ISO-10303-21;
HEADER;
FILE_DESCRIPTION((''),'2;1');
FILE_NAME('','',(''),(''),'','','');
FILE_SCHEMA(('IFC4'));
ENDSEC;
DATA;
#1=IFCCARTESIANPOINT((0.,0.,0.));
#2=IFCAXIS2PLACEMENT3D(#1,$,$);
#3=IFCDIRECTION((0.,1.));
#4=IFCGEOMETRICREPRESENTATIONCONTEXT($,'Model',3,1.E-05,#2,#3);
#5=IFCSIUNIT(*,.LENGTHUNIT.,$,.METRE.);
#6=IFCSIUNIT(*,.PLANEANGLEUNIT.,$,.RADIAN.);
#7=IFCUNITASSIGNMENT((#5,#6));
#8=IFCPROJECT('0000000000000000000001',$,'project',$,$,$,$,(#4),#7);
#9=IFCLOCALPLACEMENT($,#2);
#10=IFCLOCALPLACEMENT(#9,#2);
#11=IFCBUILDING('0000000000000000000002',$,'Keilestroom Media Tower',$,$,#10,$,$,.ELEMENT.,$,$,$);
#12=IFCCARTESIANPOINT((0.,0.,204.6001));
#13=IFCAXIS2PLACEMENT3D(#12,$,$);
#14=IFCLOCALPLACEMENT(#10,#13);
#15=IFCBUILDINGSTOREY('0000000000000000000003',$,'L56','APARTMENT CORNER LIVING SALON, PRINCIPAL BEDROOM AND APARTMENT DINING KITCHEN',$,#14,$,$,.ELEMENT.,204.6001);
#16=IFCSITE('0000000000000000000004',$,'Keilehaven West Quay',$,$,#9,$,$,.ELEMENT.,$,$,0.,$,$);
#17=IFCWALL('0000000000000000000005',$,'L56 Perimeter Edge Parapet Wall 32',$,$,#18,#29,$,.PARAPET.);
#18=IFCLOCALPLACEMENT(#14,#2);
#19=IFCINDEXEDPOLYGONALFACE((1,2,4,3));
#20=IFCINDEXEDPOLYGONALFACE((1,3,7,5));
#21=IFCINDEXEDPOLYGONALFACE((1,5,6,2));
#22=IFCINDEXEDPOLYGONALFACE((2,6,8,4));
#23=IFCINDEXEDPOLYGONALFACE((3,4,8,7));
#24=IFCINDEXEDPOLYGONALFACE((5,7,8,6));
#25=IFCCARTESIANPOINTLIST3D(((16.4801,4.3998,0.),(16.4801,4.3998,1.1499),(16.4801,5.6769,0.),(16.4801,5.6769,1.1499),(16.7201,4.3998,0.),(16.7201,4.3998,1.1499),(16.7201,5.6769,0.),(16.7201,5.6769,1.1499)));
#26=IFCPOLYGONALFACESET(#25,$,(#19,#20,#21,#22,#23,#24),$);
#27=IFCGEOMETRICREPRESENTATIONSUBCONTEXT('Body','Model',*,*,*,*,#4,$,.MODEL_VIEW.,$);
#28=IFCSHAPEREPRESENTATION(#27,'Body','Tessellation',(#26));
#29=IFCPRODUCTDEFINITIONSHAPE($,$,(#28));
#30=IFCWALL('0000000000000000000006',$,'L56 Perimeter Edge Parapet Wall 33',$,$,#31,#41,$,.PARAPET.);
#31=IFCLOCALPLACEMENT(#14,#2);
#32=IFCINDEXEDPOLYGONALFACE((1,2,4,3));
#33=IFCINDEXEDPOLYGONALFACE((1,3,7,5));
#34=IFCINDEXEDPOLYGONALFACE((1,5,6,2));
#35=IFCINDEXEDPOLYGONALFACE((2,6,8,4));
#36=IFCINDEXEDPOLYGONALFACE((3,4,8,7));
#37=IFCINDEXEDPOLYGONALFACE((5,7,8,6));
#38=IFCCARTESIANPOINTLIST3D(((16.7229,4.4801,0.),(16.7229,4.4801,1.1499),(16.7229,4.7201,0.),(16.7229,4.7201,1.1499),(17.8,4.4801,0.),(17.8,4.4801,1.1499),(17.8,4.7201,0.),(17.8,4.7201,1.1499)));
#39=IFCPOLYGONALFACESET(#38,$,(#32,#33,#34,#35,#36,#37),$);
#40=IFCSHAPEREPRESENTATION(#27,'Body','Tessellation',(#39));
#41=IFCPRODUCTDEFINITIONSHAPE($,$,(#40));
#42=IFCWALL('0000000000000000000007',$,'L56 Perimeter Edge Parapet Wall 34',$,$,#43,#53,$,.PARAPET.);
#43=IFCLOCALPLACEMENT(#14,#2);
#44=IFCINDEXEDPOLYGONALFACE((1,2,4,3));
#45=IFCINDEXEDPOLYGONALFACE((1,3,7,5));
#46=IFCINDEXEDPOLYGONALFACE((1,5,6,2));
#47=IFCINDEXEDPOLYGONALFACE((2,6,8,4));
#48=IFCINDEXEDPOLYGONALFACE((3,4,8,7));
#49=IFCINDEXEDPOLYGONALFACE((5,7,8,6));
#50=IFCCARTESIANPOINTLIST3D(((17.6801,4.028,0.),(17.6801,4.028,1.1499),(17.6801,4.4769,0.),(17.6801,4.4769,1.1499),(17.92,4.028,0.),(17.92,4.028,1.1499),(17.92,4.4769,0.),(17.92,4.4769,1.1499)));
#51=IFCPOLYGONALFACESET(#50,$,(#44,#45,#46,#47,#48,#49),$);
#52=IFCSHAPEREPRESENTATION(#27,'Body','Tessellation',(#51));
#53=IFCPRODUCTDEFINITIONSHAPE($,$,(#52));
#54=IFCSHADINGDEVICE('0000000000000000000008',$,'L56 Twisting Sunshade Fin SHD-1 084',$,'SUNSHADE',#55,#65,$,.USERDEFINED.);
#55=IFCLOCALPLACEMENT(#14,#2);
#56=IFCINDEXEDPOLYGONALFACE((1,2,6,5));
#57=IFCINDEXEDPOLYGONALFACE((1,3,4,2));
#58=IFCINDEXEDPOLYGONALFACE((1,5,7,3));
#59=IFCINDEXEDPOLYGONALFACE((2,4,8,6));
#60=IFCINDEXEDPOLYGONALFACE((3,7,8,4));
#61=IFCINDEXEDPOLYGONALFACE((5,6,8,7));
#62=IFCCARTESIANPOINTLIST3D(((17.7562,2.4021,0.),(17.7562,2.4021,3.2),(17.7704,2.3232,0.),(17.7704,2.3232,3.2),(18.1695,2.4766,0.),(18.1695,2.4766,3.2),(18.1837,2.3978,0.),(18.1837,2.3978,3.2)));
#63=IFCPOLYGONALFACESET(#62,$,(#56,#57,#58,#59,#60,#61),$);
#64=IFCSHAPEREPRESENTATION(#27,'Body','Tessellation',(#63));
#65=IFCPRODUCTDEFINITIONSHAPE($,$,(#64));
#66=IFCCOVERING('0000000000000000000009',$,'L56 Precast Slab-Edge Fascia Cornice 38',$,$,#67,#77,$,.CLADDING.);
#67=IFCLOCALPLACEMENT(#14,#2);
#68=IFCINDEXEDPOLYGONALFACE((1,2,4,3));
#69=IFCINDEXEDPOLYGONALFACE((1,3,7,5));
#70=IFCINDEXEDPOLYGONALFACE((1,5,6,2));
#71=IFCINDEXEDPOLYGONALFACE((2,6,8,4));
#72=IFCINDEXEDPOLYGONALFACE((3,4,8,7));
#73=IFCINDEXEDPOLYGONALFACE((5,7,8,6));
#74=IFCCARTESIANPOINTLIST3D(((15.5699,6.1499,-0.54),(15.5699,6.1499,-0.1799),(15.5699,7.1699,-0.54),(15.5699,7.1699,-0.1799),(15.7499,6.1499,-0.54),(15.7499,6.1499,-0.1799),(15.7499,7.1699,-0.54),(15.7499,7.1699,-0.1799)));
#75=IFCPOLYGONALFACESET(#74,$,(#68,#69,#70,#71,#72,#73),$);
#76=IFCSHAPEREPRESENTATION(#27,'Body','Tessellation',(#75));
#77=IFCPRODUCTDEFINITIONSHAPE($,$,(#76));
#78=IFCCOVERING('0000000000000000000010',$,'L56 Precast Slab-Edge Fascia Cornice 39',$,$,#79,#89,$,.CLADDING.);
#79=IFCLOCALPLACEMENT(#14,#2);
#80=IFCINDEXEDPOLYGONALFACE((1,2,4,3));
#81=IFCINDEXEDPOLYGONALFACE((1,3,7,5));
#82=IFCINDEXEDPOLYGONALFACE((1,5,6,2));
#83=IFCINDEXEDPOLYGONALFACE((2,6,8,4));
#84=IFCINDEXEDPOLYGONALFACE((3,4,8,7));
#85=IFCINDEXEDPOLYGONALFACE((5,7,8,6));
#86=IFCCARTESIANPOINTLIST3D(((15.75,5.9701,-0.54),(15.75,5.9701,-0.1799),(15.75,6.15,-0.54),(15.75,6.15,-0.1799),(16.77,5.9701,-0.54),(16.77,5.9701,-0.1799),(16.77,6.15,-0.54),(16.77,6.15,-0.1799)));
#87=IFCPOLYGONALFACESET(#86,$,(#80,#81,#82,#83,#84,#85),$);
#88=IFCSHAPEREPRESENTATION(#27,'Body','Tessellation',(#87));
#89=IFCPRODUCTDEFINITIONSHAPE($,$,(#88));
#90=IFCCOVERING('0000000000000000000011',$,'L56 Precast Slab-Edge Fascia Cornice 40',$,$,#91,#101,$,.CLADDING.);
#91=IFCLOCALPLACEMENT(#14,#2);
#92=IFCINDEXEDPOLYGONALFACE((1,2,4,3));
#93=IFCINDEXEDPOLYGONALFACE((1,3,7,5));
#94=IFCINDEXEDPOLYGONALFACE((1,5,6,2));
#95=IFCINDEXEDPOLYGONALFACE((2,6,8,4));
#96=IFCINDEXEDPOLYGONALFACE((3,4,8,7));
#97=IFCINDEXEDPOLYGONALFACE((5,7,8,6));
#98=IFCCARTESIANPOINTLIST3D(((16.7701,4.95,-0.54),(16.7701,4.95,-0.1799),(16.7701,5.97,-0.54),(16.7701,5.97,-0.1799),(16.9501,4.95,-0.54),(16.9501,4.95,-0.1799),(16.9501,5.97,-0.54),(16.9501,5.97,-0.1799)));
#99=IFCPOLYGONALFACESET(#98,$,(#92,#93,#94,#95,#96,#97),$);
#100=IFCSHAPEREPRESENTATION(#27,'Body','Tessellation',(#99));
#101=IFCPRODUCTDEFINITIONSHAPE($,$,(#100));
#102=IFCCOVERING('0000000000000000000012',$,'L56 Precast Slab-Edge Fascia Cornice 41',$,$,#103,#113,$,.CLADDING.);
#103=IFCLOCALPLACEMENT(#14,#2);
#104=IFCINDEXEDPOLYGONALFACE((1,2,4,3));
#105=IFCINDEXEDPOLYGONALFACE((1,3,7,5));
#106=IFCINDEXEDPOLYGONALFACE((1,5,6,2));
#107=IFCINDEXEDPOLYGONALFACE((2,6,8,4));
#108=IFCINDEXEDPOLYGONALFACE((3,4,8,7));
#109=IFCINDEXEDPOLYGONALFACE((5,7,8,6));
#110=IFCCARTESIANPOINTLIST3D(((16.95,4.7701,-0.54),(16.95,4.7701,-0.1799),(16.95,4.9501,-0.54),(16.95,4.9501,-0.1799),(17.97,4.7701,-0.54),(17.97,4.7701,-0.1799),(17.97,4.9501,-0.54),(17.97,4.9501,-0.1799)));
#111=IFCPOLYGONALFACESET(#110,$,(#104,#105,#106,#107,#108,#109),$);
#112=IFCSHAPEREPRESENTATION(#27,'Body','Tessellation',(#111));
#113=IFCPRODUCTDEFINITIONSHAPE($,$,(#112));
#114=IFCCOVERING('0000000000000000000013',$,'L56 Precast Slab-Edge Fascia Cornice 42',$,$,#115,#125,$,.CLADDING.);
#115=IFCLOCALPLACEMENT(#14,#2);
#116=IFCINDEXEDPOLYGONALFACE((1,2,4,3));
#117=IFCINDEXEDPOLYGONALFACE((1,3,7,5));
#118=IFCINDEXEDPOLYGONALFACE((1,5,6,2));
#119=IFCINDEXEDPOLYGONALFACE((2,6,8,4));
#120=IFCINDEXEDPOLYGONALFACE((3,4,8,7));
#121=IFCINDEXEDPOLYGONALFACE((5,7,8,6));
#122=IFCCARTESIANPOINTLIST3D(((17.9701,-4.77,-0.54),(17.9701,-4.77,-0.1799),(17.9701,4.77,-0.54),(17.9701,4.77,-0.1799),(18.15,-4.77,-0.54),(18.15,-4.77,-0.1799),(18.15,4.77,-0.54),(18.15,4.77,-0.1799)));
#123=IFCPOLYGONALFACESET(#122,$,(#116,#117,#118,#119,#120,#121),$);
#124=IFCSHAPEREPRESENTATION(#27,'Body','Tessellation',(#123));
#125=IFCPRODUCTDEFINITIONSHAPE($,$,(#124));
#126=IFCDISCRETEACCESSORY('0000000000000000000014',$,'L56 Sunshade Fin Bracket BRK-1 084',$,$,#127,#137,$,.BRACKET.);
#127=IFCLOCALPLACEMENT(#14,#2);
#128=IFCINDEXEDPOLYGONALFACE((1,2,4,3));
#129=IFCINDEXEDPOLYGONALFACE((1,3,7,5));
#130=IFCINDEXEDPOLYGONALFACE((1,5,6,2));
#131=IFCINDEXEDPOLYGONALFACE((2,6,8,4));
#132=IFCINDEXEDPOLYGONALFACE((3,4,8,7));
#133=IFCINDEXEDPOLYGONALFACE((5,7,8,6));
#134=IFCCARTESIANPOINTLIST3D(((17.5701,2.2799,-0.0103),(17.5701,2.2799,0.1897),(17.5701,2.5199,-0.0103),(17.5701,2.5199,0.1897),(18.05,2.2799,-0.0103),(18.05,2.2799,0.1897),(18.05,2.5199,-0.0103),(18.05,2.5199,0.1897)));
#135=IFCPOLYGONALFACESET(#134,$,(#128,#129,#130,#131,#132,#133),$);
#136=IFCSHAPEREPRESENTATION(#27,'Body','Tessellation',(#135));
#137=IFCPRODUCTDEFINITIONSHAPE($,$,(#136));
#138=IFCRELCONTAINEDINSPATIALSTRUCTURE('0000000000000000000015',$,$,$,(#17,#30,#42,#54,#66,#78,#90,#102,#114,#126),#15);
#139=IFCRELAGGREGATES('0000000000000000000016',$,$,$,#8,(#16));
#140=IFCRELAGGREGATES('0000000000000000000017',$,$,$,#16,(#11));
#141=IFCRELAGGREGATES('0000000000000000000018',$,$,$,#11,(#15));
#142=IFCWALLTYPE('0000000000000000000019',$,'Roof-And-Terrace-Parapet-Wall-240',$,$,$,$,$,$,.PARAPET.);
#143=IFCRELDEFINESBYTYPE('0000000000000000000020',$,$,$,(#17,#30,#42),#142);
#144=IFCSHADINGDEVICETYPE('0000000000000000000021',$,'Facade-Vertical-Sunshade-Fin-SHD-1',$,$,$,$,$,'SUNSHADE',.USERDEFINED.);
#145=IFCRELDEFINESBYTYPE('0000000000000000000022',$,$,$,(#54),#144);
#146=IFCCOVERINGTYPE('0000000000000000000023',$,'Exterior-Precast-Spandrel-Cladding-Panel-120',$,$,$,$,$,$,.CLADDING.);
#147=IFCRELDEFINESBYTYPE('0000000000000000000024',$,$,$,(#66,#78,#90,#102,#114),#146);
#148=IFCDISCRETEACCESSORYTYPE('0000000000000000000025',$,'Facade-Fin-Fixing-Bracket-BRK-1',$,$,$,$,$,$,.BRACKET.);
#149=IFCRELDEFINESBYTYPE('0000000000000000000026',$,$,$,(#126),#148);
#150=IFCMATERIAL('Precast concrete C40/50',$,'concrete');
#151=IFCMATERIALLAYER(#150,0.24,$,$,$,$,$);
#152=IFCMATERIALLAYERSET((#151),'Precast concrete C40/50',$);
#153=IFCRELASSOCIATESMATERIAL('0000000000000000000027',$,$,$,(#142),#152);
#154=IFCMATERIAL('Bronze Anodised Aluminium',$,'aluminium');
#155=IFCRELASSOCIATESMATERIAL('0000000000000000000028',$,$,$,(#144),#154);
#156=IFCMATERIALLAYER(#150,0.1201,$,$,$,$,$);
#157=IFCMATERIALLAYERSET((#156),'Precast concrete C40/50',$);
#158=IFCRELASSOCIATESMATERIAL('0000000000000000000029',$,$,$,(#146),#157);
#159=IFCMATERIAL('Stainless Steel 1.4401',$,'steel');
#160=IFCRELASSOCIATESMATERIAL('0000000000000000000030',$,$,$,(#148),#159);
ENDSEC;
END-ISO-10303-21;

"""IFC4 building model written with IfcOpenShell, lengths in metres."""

from ifc_helpers import new_model, si_unit, direction, frame, frame_2d, origin, origin_2d, place, context, subcontext, project, spatial, rectangle, extrude, source, transform, mapped, material, layer, layer_set, type_object, element, save


model = new_model("IFC4")

# Units and contexts
model_context = context("Model", 3, precision=1e-05, world=origin(), true_north=direction((0.0, 1.0)))
body_context = subcontext(model_context, "Body", "Model", "MODEL_VIEW")
ifc_project = project(units=[si_unit("LENGTHUNIT", "METRE"), si_unit("PLANEANGLEUNIT", "RADIAN")], contexts=[model_context])

# Site, building, storey
site_placement = place(None, origin())
site = spatial("IfcSite", under=ifc_project, at=site_placement, Name="Keilehaven West Quay", CompositionType="ELEMENT", RefElevation=0.0)
building_placement = place(site_placement, origin())
building = spatial("IfcBuilding", under=site, at=building_placement, Name="Keilestroom Media Tower", CompositionType="ELEMENT")
storey_placement = place(building_placement, frame((0.0, 0.0, 204.6001)))
storey = spatial("IfcBuildingStorey", under=building, at=storey_placement, Name="L56", Description="APARTMENT CORNER LIVING SALON, PRINCIPAL BEDROOM AND APARTMENT DINING KITCHEN", CompositionType="ELEMENT", Elevation=204.6001)

# Shared definitions
ifc_material_1 = material(Name="Precast concrete C40/50", Category="concrete")

# Walls
ifc_layer_1 = layer(ifc_material_1, 0.24)
ifc_layer_set_1 = layer_set([ifc_layer_1], Name="Precast concrete C40/50")
wall_type_1 = type_object("IfcWallType", Name="Roof-And-Terrace-Parapet-Wall-240", PredefinedType="PARAPET", material=ifc_layer_set_1)
wall_1_placement = place(storey_placement, frame((16.6001, 5.677, 0.0), z_axis=(0.0, 0.0, 1.0), x_axis=(0.0, -1.0, 0.0)))
element("IfcWall", 1, at=wall_1_placement, inside=storey, type_object=wall_type_1, Name="L56 Perimeter Edge Parapet Wall 32", PredefinedType="PARAPET", context=body_context, shape_type="SweptSolid", body=[
    extrude(rectangle(XDim=1.2771, YDim=0.24, at=frame_2d((0.6387, 0.0))), origin(), (0.0, 0.0, 1.0), 1.1499),
])
wall_2_placement = place(storey_placement, frame((16.7229, 4.6001, 0.0), z_axis=(0.0, 0.0, 1.0), x_axis=(1.0, 0.0, 0.0)))
element("IfcWall", 2, at=wall_2_placement, inside=storey, type_object=wall_type_1, Name="L56 Perimeter Edge Parapet Wall 33", PredefinedType="PARAPET", context=body_context, shape_type="SweptSolid", body=[
    extrude(rectangle(XDim=1.0771, YDim=0.24, at=frame_2d((0.5386, 0.0))), origin(), (0.0, 0.0, 1.0), 1.1499),
])
wall_3_placement = place(storey_placement, frame((17.8, 4.4771, 0.0), z_axis=(0.0, 0.0, 1.0), x_axis=(0.0, -1.0, 0.0)))
element("IfcWall", 3, at=wall_3_placement, inside=storey, type_object=wall_type_1, Name="L56 Perimeter Edge Parapet Wall 34", PredefinedType="PARAPET", context=body_context, shape_type="SweptSolid", body=[
    extrude(rectangle(XDim=0.449, YDim=0.24, at=frame_2d((0.2246, 0.0))), origin(), (0.0, 0.0, 1.0), 1.1499),
])

# Shading device
ifc_material_2 = material(Name="Bronze Anodised Aluminium", Category="aluminium")
shading_device_type = type_object("IfcShadingDeviceType", Name="Facade-Vertical-Sunshade-Fin-SHD-1", ElementType="SUNSHADE", PredefinedType="USERDEFINED", material=ifc_material_2)
shared_shape_1 = source(origin(), body_context, "Body", "SweptSolid", [
    extrude(rectangle(XDim=0.4199, YDim=0.0801, at=origin_2d()), origin(), (0.0, 0.0, 1.0), 3.2),
])
shading_device_placement = place(storey_placement, frame((17.97, 2.3999, 0.0), z_axis=(0.0, 0.0, 1.0), x_axis=(0.984134, 0.177428, 0.0)))
element("IfcShadingDevice", 4, at=shading_device_placement, inside=storey, type_object=shading_device_type, Name="L56 Twisting Sunshade Fin SHD-1 084", ObjectType="SUNSHADE", PredefinedType="USERDEFINED", context=body_context, shape_type="MappedRepresentation", body=[
    mapped(shared_shape_1, transform((0.0, 0.0, 0.0), x_axis=(1.0, 0.0, 0.0), y_axis=(0.0, 1.0, 0.0), z_axis=(0.0, 0.0, 1.0), scale=1.0)),
])

# Coverings
ifc_layer_2 = layer(ifc_material_1, 0.1201)
ifc_layer_set_2 = layer_set([ifc_layer_2], Name="Precast concrete C40/50")
covering_type = type_object("IfcCoveringType", Name="Exterior-Precast-Spandrel-Cladding-Panel-120", PredefinedType="CLADDING", material=ifc_layer_set_2)
shared_shape_2 = source(origin(), body_context, "Body", "SweptSolid", [
    extrude(rectangle(XDim=1.02, YDim=0.1799, at=origin_2d()), origin(), (0.0, 0.0, 1.0), 0.3601),
])
for number, where, z_axis, x_axis, name in (
    (5, (15.6599, 6.6599, -0.54), (0.0, 0.0, 1.0), (0.0, -1.0, 0.0), "L56 Precast Slab-Edge Fascia Cornice 38"),
    (6, (16.26, 6.0601, -0.54), (0.0, 0.0, 1.0), (1.0, 0.0, 0.0), "L56 Precast Slab-Edge Fascia Cornice 39"),
    (7, (16.8601, 5.46, -0.54), (0.0, 0.0, 1.0), (0.0, -1.0, 0.0), "L56 Precast Slab-Edge Fascia Cornice 40"),
    (8, (17.46, 4.8601, -0.54), (0.0, 0.0, 1.0), (1.0, 0.0, 0.0), "L56 Precast Slab-Edge Fascia Cornice 41"),
):
    element("IfcCovering", number, at=place(storey_placement, frame(where, z_axis=z_axis, x_axis=x_axis)), inside=storey, type_object=covering_type, Name=name, PredefinedType="CLADDING", context=body_context, shape_type="MappedRepresentation", body=[
        mapped(shared_shape_2, transform((0.0, 0.0, 0.0), x_axis=(1.0, 0.0, 0.0), y_axis=(0.0, 1.0, 0.0), z_axis=(0.0, 0.0, 1.0), scale=1.0)),
    ])
shared_shape_3 = source(origin(), body_context, "Body", "SweptSolid", [
    extrude(rectangle(XDim=9.54, YDim=0.1799, at=origin_2d()), origin(), (0.0, 0.0, 1.0), 0.3601),
])
covering_placement = place(storey_placement, frame((18.0601, 0.0, -0.54), z_axis=(0.0, 0.0, 1.0), x_axis=(0.0, -1.0, 0.0)))
element("IfcCovering", 9, at=covering_placement, inside=storey, type_object=covering_type, Name="L56 Precast Slab-Edge Fascia Cornice 42", PredefinedType="CLADDING", context=body_context, shape_type="MappedRepresentation", body=[
    mapped(shared_shape_3, transform((0.0, 0.0, 0.0), x_axis=(1.0, 0.0, 0.0), y_axis=(0.0, 1.0, 0.0), z_axis=(0.0, 0.0, 1.0), scale=1.0)),
])

# Discrete accessory
ifc_material_3 = material(Name="Stainless Steel 1.4401", Category="steel")
discrete_accessory_type = type_object("IfcDiscreteAccessoryType", Name="Facade-Fin-Fixing-Bracket-BRK-1", PredefinedType="BRACKET", material=ifc_material_3)
shared_shape_4 = source(origin(), body_context, "Body", "SweptSolid", [
    extrude(rectangle(XDim=0.48, YDim=0.24, at=origin_2d()), origin(), (0.0, 0.0, 1.0), 0.2),
])
discrete_accessory_placement = place(storey_placement, frame((17.8101, 2.3999, -0.0103), z_axis=(0.0, 0.0, 1.0), x_axis=(1.0, 0.0, 0.0)))
element("IfcDiscreteAccessory", 10, at=discrete_accessory_placement, inside=storey, type_object=discrete_accessory_type, Name="L56 Sunshade Fin Bracket BRK-1 084", PredefinedType="BRACKET", context=body_context, shape_type="MappedRepresentation", body=[
    mapped(shared_shape_4, transform((0.0, 0.0, 0.0), x_axis=(1.0, 0.0, 0.0), y_axis=(0.0, 1.0, 0.0), z_axis=(0.0, 0.0, 1.0), scale=1.0)),
])

save(model, "model.ifc")
